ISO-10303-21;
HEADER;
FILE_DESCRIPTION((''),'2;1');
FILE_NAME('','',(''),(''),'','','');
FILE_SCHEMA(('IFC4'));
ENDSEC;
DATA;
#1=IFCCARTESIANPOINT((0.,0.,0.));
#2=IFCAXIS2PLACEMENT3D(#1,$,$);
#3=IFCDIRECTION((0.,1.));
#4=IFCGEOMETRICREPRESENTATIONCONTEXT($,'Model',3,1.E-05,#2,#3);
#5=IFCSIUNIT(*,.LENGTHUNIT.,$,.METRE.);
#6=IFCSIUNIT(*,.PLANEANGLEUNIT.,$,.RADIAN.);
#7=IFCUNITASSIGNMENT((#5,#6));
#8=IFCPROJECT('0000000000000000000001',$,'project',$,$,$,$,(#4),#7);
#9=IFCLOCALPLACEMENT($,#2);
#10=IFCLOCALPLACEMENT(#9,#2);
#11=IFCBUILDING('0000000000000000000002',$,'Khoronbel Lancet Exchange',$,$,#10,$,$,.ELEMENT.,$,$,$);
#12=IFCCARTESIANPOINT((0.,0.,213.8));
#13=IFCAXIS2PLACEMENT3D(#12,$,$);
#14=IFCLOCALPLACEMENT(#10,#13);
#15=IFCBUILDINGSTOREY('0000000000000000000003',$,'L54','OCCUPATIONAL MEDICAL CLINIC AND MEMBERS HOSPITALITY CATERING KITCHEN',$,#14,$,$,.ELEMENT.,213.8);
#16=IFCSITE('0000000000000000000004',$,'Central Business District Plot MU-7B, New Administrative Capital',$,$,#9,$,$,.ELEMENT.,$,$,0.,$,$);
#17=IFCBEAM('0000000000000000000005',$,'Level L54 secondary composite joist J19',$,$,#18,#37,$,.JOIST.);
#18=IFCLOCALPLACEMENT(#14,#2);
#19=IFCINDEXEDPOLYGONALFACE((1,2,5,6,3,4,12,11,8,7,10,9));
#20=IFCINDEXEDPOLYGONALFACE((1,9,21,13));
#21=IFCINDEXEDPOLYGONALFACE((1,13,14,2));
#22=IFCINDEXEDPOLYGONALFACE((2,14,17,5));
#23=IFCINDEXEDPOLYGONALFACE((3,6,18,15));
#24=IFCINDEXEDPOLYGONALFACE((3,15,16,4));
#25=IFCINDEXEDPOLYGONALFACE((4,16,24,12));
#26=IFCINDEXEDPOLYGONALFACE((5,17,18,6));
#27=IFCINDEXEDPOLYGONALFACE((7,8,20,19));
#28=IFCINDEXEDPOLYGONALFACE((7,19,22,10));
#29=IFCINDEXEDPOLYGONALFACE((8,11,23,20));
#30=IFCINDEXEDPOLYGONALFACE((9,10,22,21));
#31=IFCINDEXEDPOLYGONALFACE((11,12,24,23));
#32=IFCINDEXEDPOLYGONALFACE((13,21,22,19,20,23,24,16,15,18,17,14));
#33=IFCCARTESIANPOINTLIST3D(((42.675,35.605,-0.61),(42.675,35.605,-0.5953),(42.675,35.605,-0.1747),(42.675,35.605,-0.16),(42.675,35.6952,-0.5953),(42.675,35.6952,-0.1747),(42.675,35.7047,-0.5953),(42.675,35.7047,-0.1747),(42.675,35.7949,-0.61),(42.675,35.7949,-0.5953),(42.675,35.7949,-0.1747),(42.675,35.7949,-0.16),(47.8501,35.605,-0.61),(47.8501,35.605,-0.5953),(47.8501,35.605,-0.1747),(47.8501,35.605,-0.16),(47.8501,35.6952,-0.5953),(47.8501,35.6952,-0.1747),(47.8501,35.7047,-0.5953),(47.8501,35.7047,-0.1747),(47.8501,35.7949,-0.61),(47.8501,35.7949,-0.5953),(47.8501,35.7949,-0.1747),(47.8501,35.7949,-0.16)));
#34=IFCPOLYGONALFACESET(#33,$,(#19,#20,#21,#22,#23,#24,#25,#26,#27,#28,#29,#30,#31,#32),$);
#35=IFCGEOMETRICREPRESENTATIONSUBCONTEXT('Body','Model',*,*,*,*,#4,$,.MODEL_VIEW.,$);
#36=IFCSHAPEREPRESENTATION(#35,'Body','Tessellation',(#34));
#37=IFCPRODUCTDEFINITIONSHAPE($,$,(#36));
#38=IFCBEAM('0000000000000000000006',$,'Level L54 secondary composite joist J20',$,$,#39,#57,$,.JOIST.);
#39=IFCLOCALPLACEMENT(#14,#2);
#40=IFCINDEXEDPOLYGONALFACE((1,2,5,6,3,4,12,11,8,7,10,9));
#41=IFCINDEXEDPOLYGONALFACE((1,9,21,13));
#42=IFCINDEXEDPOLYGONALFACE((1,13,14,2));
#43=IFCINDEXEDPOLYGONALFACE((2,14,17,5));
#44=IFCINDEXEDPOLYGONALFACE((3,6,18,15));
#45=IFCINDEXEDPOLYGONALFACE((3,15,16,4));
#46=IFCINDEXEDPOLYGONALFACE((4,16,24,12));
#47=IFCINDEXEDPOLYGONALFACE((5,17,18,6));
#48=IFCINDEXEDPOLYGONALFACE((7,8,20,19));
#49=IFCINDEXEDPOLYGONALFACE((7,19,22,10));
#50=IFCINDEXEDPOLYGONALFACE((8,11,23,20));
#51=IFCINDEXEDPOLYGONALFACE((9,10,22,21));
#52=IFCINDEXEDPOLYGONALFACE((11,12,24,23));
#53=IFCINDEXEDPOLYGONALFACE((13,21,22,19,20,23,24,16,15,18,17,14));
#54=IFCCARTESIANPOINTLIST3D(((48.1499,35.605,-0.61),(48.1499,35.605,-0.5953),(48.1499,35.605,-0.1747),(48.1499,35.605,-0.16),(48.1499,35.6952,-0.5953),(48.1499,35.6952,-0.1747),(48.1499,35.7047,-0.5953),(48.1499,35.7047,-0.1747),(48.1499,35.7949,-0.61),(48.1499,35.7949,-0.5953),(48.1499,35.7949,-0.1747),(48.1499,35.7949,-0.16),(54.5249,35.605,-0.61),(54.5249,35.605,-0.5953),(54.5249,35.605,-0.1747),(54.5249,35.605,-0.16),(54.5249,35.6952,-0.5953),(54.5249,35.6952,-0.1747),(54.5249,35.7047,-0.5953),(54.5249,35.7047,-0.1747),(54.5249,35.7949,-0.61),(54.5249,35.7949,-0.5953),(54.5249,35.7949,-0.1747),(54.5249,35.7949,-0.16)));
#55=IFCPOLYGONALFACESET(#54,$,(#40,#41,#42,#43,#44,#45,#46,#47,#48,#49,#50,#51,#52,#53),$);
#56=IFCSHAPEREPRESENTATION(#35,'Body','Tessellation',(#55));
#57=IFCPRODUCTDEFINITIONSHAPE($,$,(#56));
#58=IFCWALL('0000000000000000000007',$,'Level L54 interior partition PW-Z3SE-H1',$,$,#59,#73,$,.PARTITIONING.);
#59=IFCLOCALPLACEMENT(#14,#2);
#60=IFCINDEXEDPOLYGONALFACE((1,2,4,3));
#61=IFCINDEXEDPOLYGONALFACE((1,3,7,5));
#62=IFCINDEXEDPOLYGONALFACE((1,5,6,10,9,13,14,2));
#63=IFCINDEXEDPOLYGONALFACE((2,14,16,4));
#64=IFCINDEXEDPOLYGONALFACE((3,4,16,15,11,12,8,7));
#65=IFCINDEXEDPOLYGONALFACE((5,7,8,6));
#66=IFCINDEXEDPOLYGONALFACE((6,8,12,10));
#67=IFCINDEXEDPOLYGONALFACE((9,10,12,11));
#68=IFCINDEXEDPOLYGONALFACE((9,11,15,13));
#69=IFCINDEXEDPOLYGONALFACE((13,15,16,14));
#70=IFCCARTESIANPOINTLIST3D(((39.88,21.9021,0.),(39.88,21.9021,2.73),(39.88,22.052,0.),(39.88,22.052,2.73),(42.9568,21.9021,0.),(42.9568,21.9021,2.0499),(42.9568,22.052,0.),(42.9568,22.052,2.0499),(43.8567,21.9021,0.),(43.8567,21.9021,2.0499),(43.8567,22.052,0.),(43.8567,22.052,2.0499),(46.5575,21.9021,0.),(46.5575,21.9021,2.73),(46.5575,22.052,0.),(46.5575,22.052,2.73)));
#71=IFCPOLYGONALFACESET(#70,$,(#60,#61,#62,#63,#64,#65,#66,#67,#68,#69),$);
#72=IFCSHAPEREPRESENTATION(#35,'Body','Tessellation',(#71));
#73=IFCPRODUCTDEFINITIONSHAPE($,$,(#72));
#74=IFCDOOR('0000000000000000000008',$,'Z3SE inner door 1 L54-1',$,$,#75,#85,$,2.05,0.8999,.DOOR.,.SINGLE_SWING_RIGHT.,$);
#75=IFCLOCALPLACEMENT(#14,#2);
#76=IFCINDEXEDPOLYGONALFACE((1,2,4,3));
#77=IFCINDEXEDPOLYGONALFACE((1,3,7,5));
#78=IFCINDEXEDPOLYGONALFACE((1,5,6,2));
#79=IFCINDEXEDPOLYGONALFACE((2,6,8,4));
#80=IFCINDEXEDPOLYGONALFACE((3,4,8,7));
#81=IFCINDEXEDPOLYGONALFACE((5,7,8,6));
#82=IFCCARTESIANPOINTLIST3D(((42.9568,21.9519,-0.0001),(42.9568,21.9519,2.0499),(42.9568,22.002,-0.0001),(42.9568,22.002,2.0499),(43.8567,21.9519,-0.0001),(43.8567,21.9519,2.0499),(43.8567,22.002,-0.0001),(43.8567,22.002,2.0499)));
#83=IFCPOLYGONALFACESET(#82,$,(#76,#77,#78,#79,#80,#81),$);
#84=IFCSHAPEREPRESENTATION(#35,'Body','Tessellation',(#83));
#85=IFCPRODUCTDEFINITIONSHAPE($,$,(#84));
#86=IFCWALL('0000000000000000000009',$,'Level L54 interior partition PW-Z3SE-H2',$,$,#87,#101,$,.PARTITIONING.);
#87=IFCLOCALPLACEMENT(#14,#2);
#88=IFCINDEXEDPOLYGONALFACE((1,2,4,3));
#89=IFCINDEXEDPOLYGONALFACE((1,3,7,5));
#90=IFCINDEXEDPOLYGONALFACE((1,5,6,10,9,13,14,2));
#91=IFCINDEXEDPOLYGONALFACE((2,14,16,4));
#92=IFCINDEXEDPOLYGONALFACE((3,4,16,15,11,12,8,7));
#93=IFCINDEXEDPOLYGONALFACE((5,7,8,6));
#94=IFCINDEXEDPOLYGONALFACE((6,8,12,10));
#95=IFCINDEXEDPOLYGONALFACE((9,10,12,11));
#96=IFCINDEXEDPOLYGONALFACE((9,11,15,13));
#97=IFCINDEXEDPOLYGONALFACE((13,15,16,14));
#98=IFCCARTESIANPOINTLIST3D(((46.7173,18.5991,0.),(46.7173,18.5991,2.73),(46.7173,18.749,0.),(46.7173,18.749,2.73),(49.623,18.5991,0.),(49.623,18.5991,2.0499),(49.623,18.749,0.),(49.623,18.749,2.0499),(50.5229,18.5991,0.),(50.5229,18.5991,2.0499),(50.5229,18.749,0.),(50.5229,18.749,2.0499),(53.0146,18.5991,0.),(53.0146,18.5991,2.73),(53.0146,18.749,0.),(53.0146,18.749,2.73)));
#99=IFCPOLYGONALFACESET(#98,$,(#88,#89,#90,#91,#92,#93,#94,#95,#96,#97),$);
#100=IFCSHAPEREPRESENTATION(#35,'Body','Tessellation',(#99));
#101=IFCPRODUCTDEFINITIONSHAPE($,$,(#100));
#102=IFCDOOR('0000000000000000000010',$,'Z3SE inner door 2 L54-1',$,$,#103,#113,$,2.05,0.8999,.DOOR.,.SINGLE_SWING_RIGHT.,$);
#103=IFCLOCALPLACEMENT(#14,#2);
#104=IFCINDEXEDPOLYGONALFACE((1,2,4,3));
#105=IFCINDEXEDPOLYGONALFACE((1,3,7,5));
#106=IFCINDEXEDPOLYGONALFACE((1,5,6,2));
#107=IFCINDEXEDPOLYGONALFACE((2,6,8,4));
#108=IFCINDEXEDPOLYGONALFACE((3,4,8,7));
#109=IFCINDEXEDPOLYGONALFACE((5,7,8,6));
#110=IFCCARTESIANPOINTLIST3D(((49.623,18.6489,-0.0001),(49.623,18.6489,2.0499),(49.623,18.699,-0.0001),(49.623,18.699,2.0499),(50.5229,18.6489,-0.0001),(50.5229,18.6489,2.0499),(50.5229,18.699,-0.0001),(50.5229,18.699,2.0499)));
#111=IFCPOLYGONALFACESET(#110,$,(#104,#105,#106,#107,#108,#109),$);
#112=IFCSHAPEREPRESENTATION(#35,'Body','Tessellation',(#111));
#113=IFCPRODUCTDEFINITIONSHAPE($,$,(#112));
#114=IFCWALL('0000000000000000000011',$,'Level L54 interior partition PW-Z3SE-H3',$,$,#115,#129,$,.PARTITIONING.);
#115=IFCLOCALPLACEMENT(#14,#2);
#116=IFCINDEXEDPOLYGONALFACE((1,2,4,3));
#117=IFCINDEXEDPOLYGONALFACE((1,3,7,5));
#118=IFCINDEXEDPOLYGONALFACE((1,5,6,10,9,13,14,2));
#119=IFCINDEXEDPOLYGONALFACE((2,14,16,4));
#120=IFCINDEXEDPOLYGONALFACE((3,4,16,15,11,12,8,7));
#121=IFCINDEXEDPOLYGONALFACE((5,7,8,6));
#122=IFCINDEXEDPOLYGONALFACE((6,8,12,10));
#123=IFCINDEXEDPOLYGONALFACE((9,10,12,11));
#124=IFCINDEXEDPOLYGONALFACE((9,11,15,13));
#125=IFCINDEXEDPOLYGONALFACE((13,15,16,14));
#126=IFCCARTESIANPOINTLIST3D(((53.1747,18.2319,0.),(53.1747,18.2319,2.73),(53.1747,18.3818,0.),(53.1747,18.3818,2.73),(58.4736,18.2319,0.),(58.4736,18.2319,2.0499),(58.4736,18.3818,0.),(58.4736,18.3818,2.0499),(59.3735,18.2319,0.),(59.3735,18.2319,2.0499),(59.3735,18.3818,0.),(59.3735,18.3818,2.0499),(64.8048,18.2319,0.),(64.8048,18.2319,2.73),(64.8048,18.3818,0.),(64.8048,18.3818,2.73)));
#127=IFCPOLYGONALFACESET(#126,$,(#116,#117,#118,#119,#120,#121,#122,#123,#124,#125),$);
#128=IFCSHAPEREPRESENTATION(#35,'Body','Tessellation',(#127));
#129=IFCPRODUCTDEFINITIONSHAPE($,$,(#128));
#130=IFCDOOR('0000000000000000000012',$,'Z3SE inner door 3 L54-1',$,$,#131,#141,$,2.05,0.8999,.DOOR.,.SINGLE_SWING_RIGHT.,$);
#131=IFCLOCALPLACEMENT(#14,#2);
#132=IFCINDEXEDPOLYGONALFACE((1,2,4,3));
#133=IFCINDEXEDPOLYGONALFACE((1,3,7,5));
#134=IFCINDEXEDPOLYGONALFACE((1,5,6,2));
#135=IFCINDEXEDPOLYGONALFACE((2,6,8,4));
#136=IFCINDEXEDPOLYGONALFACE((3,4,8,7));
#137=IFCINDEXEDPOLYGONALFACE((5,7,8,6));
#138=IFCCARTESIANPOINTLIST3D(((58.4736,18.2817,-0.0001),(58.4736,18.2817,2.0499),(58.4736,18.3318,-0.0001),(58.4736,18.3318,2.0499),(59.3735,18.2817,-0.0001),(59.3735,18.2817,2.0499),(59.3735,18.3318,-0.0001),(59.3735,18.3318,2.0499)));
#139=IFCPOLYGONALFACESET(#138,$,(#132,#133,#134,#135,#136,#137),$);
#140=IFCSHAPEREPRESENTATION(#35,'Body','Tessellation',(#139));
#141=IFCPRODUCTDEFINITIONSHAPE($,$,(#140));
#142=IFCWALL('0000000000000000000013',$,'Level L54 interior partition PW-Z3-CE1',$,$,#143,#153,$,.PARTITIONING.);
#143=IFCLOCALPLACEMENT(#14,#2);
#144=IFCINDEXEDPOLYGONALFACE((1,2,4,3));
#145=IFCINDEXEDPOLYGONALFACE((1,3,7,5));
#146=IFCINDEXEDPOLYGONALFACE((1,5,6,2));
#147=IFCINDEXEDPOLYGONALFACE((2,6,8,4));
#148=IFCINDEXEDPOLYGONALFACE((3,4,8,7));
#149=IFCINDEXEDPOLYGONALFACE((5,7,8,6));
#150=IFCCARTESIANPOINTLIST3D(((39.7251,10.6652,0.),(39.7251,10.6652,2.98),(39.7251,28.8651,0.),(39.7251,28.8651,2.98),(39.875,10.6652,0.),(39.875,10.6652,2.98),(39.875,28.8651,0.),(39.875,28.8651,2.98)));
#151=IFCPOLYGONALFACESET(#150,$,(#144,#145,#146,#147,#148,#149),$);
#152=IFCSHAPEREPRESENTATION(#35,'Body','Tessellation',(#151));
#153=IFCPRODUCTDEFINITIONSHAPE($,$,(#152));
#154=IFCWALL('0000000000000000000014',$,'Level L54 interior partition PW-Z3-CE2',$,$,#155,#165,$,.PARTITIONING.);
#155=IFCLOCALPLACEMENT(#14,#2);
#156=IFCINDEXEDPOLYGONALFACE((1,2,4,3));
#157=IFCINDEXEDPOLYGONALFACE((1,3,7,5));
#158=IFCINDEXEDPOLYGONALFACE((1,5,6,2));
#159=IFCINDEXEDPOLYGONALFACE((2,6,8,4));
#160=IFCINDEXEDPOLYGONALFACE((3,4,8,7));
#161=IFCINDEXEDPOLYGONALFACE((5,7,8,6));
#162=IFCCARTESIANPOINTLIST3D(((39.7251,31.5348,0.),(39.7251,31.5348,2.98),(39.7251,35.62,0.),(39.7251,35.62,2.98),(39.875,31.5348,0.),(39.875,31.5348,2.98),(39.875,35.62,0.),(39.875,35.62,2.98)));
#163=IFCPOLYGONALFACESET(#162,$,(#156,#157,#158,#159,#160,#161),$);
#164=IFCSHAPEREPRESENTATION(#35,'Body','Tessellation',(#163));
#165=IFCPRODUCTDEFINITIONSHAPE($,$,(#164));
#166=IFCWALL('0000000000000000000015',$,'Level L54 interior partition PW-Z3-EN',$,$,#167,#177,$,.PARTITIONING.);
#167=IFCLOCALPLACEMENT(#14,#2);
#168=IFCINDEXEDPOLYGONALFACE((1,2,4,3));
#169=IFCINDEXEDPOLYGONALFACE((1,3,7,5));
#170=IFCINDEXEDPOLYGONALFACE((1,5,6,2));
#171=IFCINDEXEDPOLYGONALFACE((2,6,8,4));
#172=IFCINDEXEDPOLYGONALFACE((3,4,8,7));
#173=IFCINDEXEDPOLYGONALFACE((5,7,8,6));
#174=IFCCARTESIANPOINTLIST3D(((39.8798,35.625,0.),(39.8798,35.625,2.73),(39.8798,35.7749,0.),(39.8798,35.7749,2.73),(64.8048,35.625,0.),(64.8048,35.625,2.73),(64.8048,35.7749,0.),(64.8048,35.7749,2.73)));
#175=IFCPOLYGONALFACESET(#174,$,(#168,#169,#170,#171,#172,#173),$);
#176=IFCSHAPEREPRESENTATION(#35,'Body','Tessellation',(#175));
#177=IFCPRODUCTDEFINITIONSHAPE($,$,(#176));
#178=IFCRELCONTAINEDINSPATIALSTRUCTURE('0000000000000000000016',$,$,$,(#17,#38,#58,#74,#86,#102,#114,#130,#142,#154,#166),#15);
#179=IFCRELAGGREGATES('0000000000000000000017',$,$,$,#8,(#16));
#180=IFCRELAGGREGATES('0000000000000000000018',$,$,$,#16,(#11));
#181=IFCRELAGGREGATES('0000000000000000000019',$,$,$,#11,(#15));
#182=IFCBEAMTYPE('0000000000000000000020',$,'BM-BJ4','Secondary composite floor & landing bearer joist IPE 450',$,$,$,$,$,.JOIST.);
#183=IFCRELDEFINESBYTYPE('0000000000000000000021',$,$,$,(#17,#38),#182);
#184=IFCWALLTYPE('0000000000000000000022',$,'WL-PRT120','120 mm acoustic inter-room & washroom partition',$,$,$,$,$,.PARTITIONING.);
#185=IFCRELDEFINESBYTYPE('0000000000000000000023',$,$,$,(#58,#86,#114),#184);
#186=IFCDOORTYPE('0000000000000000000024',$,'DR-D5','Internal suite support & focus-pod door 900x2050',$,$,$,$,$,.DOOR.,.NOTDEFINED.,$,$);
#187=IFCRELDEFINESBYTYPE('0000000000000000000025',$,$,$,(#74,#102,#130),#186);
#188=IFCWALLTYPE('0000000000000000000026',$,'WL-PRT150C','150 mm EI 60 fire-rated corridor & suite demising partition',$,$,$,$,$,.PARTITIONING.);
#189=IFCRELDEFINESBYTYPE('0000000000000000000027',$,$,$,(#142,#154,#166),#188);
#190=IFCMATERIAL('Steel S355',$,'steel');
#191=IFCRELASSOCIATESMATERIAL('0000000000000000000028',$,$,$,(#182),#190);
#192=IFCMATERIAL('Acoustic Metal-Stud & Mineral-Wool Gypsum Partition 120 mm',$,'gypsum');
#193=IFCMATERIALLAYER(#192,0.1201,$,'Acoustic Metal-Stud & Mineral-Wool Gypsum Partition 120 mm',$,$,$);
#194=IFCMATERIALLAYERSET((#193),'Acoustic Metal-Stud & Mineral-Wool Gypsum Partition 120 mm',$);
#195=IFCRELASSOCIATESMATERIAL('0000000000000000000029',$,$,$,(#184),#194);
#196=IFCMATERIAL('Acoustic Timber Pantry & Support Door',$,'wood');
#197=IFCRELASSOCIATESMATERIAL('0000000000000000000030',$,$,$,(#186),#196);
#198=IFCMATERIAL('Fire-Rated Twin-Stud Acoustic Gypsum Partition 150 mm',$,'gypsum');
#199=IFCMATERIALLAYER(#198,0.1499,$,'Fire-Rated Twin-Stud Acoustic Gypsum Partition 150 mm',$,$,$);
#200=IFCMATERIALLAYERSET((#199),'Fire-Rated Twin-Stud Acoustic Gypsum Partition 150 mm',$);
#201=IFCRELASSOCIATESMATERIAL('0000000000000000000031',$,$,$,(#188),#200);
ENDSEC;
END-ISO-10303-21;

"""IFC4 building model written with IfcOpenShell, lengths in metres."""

from ifc_helpers import new_model, si_unit, direction, frame, frame_2d, origin, origin_2d, place, context, subcontext, project, spatial, rectangle, i_section, extrude, material, layer, layer_set, material_profile, profile_set, type_object, element, fill, save


model = new_model("IFC4")

# Units and contexts
model_context = context("Model", 3, precision=1e-05, world=origin(), true_north=direction((0.0, 1.0)))
body_context = subcontext(model_context, "Body", "Model", "MODEL_VIEW")
ifc_project = project(units=[si_unit("LENGTHUNIT", "METRE"), si_unit("PLANEANGLEUNIT", "RADIAN")], contexts=[model_context])

# Site, building, storey
site_placement = place(None, origin())
site = spatial("IfcSite", under=ifc_project, at=site_placement, Name="Central Business District Plot MU-7B, New Administrative Capital", CompositionType="ELEMENT", RefElevation=0.0)
building_placement = place(site_placement, origin())
building = spatial("IfcBuilding", under=site, at=building_placement, Name="Khoronbel Lancet Exchange", CompositionType="ELEMENT")
storey_placement = place(building_placement, frame((0.0, 0.0, 213.8)))
storey = spatial("IfcBuildingStorey", under=building, at=storey_placement, Name="L54", Description="OCCUPATIONAL MEDICAL CLINIC AND MEMBERS HOSPITALITY CATERING KITCHEN", CompositionType="ELEMENT", Elevation=213.8)

# Shared definitions
ifc_material_1 = material(Name="Steel S355", Category="steel")

# Beams
ifc_material_profile_1 = material_profile(ifc_material_1, i_section(OverallWidth=0.1899, OverallDepth=0.45, WebThickness=0.0095, FlangeThickness=0.0146, at=origin_2d()), Name="IPE 450")
ifc_profile_set_1 = profile_set([ifc_material_profile_1], Name="Steel S355")
beam_type_1 = type_object("IfcBeamType", Name="BM-BJ4", Description="Secondary composite floor & landing bearer joist IPE 450", PredefinedType="JOIST", material=ifc_profile_set_1)
beam_1_placement = place(storey_placement, frame((42.675, 35.7, -0.385), z_axis=(1.0, 0.0, 0.0), x_axis=(0.0, 1.0, 0.0)))
element("IfcBeam", 1, at=beam_1_placement, inside=storey, type_object=beam_type_1, Name="Level L54 secondary composite joist J19", PredefinedType="JOIST", context=body_context, shape_type="SweptSolid", body=[
    extrude(i_section(OverallWidth=0.1899, OverallDepth=0.45, WebThickness=0.0095, FlangeThickness=0.0146, at=origin_2d()), origin(), (0.0, 0.0, 1.0), 5.175),
])
beam_2_placement = place(storey_placement, frame((48.1499, 35.7, -0.385), z_axis=(1.0, 0.0, 0.0), x_axis=(0.0, 1.0, 0.0)))
element("IfcBeam", 2, at=beam_2_placement, inside=storey, type_object=beam_type_1, Name="Level L54 secondary composite joist J20", PredefinedType="JOIST", context=body_context, shape_type="SweptSolid", body=[
    extrude(i_section(OverallWidth=0.1899, OverallDepth=0.45, WebThickness=0.0095, FlangeThickness=0.0146, at=origin_2d()), origin(), (0.0, 0.0, 1.0), 6.375),
])

# Walls, openings, doors
ifc_material_2 = material(Name="Acoustic Metal-Stud & Mineral-Wool Gypsum Partition 120 mm", Category="gypsum")
ifc_layer_1 = layer(ifc_material_2, 0.1201, Name="Acoustic Metal-Stud & Mineral-Wool Gypsum Partition 120 mm")
ifc_layer_set_1 = layer_set([ifc_layer_1], Name="Acoustic Metal-Stud & Mineral-Wool Gypsum Partition 120 mm")
wall_type_1 = type_object("IfcWallType", Name="WL-PRT120", Description="120 mm acoustic inter-room & washroom partition", PredefinedType="PARTITIONING", material=ifc_layer_set_1)
wall_1_placement = place(storey_placement, frame((39.8799, 21.9771, 0.0), z_axis=(0.0, 0.0, 1.0), x_axis=(1.0, 0.0, 0.0)))
wall_1 = element("IfcWall", 3, at=wall_1_placement, inside=storey, type_object=wall_type_1, Name="Level L54 interior partition PW-Z3SE-H1", PredefinedType="PARTITIONING", context=body_context, shape_type="SweptSolid", body=[
    extrude(rectangle(XDim=6.6775, YDim=0.1499, at=frame_2d((3.3389, 0.0))), origin(), (0.0, 0.0, 1.0), 2.73),
])
opening_1_placement = place(wall_1_placement, frame((3.0769, 0.0, 0.0)))
opening_1 = element("IfcOpeningElement", 4, at=opening_1_placement, cuts=wall_1, PredefinedType="OPENING", context=body_context, shape_type="SweptSolid", body=[
    extrude(rectangle(XDim=0.8999, YDim=2.05, at=frame_2d((0.45, 1.0249))), frame((0.0, 0.085, 0.0), z_axis=(0.0, -1.0, 0.0), x_axis=(1.0, 0.0, 0.0)), (0.0, 0.0, 1.0), 0.1699),
])
ifc_material_3 = material(Name="Acoustic Timber Pantry & Support Door", Category="wood")
door_type_1 = type_object("IfcDoorType", Name="DR-D5", Description="Internal suite support & focus-pod door 900x2050", OperationType="NOTDEFINED", PredefinedType="DOOR", material=ifc_material_3)
door_1_placement = place(opening_1_placement, origin())
door_1 = element("IfcDoor", 5, at=door_1_placement, inside=storey, type_object=door_type_1, Name="Z3SE inner door 1 L54-1", OperationType="SINGLE_SWING_RIGHT", OverallHeight=2.05, OverallWidth=0.8999, PredefinedType="DOOR", context=body_context, shape_type="SweptSolid", body=[
    extrude(rectangle(XDim=0.8999, YDim=2.05, at=frame_2d((0.45, 1.0249))), frame((0.0, 0.0249, 0.0), z_axis=(0.0, -1.0, 0.0), x_axis=(1.0, 0.0, 0.0)), (0.0, 0.0, 1.0), 0.05),
])
fill(opening_1, door_1)
wall_2_placement = place(storey_placement, frame((46.7173, 18.6741, 0.0), z_axis=(0.0, 0.0, 1.0), x_axis=(1.0, 0.0, 0.0)))
wall_2 = element("IfcWall", 6, at=wall_2_placement, inside=storey, type_object=wall_type_1, Name="Level L54 interior partition PW-Z3SE-H2", PredefinedType="PARTITIONING", context=body_context, shape_type="SweptSolid", body=[
    extrude(rectangle(XDim=6.2974, YDim=0.1499, at=frame_2d((3.1487, 0.0))), origin(), (0.0, 0.0, 1.0), 2.73),
])
opening_2_placement = place(wall_2_placement, frame((2.9058, 0.0, 0.0)))
opening_2 = element("IfcOpeningElement", 7, at=opening_2_placement, cuts=wall_2, PredefinedType="OPENING", context=body_context, shape_type="SweptSolid", body=[
    extrude(rectangle(XDim=0.8999, YDim=2.05, at=frame_2d((0.45, 1.0249))), frame((0.0, 0.085, 0.0), z_axis=(0.0, -1.0, 0.0), x_axis=(1.0, 0.0, 0.0)), (0.0, 0.0, 1.0), 0.1699),
])
door_2_placement = place(opening_2_placement, origin())
door_2 = element("IfcDoor", 8, at=door_2_placement, inside=storey, type_object=door_type_1, Name="Z3SE inner door 2 L54-1", OperationType="SINGLE_SWING_RIGHT", OverallHeight=2.05, OverallWidth=0.8999, PredefinedType="DOOR", context=body_context, shape_type="SweptSolid", body=[
    extrude(rectangle(XDim=0.8999, YDim=2.05, at=frame_2d((0.45, 1.0249))), frame((0.0, 0.0249, 0.0), z_axis=(0.0, -1.0, 0.0), x_axis=(1.0, 0.0, 0.0)), (0.0, 0.0, 1.0), 0.05),
])
fill(opening_2, door_2)
wall_3_placement = place(storey_placement, frame((53.1748, 18.3069, 0.0), z_axis=(0.0, 0.0, 1.0), x_axis=(1.0, 0.0, 0.0)))
wall_3 = element("IfcWall", 9, at=wall_3_placement, inside=storey, type_object=wall_type_1, Name="Level L54 interior partition PW-Z3SE-H3", PredefinedType="PARTITIONING", context=body_context, shape_type="SweptSolid", body=[
    extrude(rectangle(XDim=11.6301, YDim=0.1499, at=frame_2d((5.8149, 0.0))), origin(), (0.0, 0.0, 1.0), 2.73),
])
opening_3_placement = place(wall_3_placement, frame((5.2988, 0.0, 0.0)))
opening_3 = element("IfcOpeningElement", 10, at=opening_3_placement, cuts=wall_3, PredefinedType="OPENING", context=body_context, shape_type="SweptSolid", body=[
    extrude(rectangle(XDim=0.8999, YDim=2.05, at=frame_2d((0.45, 1.0249))), frame((0.0, 0.085, 0.0), z_axis=(0.0, -1.0, 0.0), x_axis=(1.0, 0.0, 0.0)), (0.0, 0.0, 1.0), 0.1699),
])
door_3_placement = place(opening_3_placement, origin())
door_3 = element("IfcDoor", 11, at=door_3_placement, inside=storey, type_object=door_type_1, Name="Z3SE inner door 3 L54-1", OperationType="SINGLE_SWING_RIGHT", OverallHeight=2.05, OverallWidth=0.8999, PredefinedType="DOOR", context=body_context, shape_type="SweptSolid", body=[
    extrude(rectangle(XDim=0.8999, YDim=2.05, at=frame_2d((0.45, 1.0249))), frame((0.0, 0.0249, 0.0), z_axis=(0.0, -1.0, 0.0), x_axis=(1.0, 0.0, 0.0)), (0.0, 0.0, 1.0), 0.05),
])
fill(opening_3, door_3)

# Walls
ifc_material_4 = material(Name="Fire-Rated Twin-Stud Acoustic Gypsum Partition 150 mm", Category="gypsum")
ifc_layer_2 = layer(ifc_material_4, 0.1499, Name="Fire-Rated Twin-Stud Acoustic Gypsum Partition 150 mm")
ifc_layer_set_2 = layer_set([ifc_layer_2], Name="Fire-Rated Twin-Stud Acoustic Gypsum Partition 150 mm")
wall_type_2 = type_object("IfcWallType", Name="WL-PRT150C", Description="150 mm EI 60 fire-rated corridor & suite demising partition", PredefinedType="PARTITIONING", material=ifc_layer_set_2)
wall_4_placement = place(storey_placement, frame((39.8, 10.665, 0.0), z_axis=(0.0, 0.0, 1.0), x_axis=(0.0, 1.0, 0.0)))
element("IfcWall", 12, at=wall_4_placement, inside=storey, type_object=wall_type_2, Name="Level L54 interior partition PW-Z3-CE1", PredefinedType="PARTITIONING", context=body_context, shape_type="SweptSolid", body=[
    extrude(rectangle(XDim=18.2, YDim=0.1499, at=frame_2d((9.1001, 0.0))), origin(), (0.0, 0.0, 1.0), 2.98),
])
wall_5_placement = place(storey_placement, frame((39.8, 31.5349, 0.0), z_axis=(0.0, 0.0, 1.0), x_axis=(0.0, 1.0, 0.0)))
element("IfcWall", 13, at=wall_5_placement, inside=storey, type_object=wall_type_2, Name="Level L54 interior partition PW-Z3-CE2", PredefinedType="PARTITIONING", context=body_context, shape_type="SweptSolid", body=[
    extrude(rectangle(XDim=4.0852, YDim=0.1499, at=frame_2d((2.0425, 0.0))), origin(), (0.0, 0.0, 1.0), 2.98),
])
wall_6_placement = place(storey_placement, frame((39.8799, 35.7, 0.0), z_axis=(0.0, 0.0, 1.0), x_axis=(1.0, 0.0, 0.0)))
element("IfcWall", 14, at=wall_6_placement, inside=storey, type_object=wall_type_2, Name="Level L54 interior partition PW-Z3-EN", PredefinedType="PARTITIONING", context=body_context, shape_type="SweptSolid", body=[
    extrude(rectangle(XDim=24.925, YDim=0.1499, at=frame_2d((12.4624, 0.0))), origin(), (0.0, 0.0, 1.0), 2.73),
])

save(model, "model.ifc")
